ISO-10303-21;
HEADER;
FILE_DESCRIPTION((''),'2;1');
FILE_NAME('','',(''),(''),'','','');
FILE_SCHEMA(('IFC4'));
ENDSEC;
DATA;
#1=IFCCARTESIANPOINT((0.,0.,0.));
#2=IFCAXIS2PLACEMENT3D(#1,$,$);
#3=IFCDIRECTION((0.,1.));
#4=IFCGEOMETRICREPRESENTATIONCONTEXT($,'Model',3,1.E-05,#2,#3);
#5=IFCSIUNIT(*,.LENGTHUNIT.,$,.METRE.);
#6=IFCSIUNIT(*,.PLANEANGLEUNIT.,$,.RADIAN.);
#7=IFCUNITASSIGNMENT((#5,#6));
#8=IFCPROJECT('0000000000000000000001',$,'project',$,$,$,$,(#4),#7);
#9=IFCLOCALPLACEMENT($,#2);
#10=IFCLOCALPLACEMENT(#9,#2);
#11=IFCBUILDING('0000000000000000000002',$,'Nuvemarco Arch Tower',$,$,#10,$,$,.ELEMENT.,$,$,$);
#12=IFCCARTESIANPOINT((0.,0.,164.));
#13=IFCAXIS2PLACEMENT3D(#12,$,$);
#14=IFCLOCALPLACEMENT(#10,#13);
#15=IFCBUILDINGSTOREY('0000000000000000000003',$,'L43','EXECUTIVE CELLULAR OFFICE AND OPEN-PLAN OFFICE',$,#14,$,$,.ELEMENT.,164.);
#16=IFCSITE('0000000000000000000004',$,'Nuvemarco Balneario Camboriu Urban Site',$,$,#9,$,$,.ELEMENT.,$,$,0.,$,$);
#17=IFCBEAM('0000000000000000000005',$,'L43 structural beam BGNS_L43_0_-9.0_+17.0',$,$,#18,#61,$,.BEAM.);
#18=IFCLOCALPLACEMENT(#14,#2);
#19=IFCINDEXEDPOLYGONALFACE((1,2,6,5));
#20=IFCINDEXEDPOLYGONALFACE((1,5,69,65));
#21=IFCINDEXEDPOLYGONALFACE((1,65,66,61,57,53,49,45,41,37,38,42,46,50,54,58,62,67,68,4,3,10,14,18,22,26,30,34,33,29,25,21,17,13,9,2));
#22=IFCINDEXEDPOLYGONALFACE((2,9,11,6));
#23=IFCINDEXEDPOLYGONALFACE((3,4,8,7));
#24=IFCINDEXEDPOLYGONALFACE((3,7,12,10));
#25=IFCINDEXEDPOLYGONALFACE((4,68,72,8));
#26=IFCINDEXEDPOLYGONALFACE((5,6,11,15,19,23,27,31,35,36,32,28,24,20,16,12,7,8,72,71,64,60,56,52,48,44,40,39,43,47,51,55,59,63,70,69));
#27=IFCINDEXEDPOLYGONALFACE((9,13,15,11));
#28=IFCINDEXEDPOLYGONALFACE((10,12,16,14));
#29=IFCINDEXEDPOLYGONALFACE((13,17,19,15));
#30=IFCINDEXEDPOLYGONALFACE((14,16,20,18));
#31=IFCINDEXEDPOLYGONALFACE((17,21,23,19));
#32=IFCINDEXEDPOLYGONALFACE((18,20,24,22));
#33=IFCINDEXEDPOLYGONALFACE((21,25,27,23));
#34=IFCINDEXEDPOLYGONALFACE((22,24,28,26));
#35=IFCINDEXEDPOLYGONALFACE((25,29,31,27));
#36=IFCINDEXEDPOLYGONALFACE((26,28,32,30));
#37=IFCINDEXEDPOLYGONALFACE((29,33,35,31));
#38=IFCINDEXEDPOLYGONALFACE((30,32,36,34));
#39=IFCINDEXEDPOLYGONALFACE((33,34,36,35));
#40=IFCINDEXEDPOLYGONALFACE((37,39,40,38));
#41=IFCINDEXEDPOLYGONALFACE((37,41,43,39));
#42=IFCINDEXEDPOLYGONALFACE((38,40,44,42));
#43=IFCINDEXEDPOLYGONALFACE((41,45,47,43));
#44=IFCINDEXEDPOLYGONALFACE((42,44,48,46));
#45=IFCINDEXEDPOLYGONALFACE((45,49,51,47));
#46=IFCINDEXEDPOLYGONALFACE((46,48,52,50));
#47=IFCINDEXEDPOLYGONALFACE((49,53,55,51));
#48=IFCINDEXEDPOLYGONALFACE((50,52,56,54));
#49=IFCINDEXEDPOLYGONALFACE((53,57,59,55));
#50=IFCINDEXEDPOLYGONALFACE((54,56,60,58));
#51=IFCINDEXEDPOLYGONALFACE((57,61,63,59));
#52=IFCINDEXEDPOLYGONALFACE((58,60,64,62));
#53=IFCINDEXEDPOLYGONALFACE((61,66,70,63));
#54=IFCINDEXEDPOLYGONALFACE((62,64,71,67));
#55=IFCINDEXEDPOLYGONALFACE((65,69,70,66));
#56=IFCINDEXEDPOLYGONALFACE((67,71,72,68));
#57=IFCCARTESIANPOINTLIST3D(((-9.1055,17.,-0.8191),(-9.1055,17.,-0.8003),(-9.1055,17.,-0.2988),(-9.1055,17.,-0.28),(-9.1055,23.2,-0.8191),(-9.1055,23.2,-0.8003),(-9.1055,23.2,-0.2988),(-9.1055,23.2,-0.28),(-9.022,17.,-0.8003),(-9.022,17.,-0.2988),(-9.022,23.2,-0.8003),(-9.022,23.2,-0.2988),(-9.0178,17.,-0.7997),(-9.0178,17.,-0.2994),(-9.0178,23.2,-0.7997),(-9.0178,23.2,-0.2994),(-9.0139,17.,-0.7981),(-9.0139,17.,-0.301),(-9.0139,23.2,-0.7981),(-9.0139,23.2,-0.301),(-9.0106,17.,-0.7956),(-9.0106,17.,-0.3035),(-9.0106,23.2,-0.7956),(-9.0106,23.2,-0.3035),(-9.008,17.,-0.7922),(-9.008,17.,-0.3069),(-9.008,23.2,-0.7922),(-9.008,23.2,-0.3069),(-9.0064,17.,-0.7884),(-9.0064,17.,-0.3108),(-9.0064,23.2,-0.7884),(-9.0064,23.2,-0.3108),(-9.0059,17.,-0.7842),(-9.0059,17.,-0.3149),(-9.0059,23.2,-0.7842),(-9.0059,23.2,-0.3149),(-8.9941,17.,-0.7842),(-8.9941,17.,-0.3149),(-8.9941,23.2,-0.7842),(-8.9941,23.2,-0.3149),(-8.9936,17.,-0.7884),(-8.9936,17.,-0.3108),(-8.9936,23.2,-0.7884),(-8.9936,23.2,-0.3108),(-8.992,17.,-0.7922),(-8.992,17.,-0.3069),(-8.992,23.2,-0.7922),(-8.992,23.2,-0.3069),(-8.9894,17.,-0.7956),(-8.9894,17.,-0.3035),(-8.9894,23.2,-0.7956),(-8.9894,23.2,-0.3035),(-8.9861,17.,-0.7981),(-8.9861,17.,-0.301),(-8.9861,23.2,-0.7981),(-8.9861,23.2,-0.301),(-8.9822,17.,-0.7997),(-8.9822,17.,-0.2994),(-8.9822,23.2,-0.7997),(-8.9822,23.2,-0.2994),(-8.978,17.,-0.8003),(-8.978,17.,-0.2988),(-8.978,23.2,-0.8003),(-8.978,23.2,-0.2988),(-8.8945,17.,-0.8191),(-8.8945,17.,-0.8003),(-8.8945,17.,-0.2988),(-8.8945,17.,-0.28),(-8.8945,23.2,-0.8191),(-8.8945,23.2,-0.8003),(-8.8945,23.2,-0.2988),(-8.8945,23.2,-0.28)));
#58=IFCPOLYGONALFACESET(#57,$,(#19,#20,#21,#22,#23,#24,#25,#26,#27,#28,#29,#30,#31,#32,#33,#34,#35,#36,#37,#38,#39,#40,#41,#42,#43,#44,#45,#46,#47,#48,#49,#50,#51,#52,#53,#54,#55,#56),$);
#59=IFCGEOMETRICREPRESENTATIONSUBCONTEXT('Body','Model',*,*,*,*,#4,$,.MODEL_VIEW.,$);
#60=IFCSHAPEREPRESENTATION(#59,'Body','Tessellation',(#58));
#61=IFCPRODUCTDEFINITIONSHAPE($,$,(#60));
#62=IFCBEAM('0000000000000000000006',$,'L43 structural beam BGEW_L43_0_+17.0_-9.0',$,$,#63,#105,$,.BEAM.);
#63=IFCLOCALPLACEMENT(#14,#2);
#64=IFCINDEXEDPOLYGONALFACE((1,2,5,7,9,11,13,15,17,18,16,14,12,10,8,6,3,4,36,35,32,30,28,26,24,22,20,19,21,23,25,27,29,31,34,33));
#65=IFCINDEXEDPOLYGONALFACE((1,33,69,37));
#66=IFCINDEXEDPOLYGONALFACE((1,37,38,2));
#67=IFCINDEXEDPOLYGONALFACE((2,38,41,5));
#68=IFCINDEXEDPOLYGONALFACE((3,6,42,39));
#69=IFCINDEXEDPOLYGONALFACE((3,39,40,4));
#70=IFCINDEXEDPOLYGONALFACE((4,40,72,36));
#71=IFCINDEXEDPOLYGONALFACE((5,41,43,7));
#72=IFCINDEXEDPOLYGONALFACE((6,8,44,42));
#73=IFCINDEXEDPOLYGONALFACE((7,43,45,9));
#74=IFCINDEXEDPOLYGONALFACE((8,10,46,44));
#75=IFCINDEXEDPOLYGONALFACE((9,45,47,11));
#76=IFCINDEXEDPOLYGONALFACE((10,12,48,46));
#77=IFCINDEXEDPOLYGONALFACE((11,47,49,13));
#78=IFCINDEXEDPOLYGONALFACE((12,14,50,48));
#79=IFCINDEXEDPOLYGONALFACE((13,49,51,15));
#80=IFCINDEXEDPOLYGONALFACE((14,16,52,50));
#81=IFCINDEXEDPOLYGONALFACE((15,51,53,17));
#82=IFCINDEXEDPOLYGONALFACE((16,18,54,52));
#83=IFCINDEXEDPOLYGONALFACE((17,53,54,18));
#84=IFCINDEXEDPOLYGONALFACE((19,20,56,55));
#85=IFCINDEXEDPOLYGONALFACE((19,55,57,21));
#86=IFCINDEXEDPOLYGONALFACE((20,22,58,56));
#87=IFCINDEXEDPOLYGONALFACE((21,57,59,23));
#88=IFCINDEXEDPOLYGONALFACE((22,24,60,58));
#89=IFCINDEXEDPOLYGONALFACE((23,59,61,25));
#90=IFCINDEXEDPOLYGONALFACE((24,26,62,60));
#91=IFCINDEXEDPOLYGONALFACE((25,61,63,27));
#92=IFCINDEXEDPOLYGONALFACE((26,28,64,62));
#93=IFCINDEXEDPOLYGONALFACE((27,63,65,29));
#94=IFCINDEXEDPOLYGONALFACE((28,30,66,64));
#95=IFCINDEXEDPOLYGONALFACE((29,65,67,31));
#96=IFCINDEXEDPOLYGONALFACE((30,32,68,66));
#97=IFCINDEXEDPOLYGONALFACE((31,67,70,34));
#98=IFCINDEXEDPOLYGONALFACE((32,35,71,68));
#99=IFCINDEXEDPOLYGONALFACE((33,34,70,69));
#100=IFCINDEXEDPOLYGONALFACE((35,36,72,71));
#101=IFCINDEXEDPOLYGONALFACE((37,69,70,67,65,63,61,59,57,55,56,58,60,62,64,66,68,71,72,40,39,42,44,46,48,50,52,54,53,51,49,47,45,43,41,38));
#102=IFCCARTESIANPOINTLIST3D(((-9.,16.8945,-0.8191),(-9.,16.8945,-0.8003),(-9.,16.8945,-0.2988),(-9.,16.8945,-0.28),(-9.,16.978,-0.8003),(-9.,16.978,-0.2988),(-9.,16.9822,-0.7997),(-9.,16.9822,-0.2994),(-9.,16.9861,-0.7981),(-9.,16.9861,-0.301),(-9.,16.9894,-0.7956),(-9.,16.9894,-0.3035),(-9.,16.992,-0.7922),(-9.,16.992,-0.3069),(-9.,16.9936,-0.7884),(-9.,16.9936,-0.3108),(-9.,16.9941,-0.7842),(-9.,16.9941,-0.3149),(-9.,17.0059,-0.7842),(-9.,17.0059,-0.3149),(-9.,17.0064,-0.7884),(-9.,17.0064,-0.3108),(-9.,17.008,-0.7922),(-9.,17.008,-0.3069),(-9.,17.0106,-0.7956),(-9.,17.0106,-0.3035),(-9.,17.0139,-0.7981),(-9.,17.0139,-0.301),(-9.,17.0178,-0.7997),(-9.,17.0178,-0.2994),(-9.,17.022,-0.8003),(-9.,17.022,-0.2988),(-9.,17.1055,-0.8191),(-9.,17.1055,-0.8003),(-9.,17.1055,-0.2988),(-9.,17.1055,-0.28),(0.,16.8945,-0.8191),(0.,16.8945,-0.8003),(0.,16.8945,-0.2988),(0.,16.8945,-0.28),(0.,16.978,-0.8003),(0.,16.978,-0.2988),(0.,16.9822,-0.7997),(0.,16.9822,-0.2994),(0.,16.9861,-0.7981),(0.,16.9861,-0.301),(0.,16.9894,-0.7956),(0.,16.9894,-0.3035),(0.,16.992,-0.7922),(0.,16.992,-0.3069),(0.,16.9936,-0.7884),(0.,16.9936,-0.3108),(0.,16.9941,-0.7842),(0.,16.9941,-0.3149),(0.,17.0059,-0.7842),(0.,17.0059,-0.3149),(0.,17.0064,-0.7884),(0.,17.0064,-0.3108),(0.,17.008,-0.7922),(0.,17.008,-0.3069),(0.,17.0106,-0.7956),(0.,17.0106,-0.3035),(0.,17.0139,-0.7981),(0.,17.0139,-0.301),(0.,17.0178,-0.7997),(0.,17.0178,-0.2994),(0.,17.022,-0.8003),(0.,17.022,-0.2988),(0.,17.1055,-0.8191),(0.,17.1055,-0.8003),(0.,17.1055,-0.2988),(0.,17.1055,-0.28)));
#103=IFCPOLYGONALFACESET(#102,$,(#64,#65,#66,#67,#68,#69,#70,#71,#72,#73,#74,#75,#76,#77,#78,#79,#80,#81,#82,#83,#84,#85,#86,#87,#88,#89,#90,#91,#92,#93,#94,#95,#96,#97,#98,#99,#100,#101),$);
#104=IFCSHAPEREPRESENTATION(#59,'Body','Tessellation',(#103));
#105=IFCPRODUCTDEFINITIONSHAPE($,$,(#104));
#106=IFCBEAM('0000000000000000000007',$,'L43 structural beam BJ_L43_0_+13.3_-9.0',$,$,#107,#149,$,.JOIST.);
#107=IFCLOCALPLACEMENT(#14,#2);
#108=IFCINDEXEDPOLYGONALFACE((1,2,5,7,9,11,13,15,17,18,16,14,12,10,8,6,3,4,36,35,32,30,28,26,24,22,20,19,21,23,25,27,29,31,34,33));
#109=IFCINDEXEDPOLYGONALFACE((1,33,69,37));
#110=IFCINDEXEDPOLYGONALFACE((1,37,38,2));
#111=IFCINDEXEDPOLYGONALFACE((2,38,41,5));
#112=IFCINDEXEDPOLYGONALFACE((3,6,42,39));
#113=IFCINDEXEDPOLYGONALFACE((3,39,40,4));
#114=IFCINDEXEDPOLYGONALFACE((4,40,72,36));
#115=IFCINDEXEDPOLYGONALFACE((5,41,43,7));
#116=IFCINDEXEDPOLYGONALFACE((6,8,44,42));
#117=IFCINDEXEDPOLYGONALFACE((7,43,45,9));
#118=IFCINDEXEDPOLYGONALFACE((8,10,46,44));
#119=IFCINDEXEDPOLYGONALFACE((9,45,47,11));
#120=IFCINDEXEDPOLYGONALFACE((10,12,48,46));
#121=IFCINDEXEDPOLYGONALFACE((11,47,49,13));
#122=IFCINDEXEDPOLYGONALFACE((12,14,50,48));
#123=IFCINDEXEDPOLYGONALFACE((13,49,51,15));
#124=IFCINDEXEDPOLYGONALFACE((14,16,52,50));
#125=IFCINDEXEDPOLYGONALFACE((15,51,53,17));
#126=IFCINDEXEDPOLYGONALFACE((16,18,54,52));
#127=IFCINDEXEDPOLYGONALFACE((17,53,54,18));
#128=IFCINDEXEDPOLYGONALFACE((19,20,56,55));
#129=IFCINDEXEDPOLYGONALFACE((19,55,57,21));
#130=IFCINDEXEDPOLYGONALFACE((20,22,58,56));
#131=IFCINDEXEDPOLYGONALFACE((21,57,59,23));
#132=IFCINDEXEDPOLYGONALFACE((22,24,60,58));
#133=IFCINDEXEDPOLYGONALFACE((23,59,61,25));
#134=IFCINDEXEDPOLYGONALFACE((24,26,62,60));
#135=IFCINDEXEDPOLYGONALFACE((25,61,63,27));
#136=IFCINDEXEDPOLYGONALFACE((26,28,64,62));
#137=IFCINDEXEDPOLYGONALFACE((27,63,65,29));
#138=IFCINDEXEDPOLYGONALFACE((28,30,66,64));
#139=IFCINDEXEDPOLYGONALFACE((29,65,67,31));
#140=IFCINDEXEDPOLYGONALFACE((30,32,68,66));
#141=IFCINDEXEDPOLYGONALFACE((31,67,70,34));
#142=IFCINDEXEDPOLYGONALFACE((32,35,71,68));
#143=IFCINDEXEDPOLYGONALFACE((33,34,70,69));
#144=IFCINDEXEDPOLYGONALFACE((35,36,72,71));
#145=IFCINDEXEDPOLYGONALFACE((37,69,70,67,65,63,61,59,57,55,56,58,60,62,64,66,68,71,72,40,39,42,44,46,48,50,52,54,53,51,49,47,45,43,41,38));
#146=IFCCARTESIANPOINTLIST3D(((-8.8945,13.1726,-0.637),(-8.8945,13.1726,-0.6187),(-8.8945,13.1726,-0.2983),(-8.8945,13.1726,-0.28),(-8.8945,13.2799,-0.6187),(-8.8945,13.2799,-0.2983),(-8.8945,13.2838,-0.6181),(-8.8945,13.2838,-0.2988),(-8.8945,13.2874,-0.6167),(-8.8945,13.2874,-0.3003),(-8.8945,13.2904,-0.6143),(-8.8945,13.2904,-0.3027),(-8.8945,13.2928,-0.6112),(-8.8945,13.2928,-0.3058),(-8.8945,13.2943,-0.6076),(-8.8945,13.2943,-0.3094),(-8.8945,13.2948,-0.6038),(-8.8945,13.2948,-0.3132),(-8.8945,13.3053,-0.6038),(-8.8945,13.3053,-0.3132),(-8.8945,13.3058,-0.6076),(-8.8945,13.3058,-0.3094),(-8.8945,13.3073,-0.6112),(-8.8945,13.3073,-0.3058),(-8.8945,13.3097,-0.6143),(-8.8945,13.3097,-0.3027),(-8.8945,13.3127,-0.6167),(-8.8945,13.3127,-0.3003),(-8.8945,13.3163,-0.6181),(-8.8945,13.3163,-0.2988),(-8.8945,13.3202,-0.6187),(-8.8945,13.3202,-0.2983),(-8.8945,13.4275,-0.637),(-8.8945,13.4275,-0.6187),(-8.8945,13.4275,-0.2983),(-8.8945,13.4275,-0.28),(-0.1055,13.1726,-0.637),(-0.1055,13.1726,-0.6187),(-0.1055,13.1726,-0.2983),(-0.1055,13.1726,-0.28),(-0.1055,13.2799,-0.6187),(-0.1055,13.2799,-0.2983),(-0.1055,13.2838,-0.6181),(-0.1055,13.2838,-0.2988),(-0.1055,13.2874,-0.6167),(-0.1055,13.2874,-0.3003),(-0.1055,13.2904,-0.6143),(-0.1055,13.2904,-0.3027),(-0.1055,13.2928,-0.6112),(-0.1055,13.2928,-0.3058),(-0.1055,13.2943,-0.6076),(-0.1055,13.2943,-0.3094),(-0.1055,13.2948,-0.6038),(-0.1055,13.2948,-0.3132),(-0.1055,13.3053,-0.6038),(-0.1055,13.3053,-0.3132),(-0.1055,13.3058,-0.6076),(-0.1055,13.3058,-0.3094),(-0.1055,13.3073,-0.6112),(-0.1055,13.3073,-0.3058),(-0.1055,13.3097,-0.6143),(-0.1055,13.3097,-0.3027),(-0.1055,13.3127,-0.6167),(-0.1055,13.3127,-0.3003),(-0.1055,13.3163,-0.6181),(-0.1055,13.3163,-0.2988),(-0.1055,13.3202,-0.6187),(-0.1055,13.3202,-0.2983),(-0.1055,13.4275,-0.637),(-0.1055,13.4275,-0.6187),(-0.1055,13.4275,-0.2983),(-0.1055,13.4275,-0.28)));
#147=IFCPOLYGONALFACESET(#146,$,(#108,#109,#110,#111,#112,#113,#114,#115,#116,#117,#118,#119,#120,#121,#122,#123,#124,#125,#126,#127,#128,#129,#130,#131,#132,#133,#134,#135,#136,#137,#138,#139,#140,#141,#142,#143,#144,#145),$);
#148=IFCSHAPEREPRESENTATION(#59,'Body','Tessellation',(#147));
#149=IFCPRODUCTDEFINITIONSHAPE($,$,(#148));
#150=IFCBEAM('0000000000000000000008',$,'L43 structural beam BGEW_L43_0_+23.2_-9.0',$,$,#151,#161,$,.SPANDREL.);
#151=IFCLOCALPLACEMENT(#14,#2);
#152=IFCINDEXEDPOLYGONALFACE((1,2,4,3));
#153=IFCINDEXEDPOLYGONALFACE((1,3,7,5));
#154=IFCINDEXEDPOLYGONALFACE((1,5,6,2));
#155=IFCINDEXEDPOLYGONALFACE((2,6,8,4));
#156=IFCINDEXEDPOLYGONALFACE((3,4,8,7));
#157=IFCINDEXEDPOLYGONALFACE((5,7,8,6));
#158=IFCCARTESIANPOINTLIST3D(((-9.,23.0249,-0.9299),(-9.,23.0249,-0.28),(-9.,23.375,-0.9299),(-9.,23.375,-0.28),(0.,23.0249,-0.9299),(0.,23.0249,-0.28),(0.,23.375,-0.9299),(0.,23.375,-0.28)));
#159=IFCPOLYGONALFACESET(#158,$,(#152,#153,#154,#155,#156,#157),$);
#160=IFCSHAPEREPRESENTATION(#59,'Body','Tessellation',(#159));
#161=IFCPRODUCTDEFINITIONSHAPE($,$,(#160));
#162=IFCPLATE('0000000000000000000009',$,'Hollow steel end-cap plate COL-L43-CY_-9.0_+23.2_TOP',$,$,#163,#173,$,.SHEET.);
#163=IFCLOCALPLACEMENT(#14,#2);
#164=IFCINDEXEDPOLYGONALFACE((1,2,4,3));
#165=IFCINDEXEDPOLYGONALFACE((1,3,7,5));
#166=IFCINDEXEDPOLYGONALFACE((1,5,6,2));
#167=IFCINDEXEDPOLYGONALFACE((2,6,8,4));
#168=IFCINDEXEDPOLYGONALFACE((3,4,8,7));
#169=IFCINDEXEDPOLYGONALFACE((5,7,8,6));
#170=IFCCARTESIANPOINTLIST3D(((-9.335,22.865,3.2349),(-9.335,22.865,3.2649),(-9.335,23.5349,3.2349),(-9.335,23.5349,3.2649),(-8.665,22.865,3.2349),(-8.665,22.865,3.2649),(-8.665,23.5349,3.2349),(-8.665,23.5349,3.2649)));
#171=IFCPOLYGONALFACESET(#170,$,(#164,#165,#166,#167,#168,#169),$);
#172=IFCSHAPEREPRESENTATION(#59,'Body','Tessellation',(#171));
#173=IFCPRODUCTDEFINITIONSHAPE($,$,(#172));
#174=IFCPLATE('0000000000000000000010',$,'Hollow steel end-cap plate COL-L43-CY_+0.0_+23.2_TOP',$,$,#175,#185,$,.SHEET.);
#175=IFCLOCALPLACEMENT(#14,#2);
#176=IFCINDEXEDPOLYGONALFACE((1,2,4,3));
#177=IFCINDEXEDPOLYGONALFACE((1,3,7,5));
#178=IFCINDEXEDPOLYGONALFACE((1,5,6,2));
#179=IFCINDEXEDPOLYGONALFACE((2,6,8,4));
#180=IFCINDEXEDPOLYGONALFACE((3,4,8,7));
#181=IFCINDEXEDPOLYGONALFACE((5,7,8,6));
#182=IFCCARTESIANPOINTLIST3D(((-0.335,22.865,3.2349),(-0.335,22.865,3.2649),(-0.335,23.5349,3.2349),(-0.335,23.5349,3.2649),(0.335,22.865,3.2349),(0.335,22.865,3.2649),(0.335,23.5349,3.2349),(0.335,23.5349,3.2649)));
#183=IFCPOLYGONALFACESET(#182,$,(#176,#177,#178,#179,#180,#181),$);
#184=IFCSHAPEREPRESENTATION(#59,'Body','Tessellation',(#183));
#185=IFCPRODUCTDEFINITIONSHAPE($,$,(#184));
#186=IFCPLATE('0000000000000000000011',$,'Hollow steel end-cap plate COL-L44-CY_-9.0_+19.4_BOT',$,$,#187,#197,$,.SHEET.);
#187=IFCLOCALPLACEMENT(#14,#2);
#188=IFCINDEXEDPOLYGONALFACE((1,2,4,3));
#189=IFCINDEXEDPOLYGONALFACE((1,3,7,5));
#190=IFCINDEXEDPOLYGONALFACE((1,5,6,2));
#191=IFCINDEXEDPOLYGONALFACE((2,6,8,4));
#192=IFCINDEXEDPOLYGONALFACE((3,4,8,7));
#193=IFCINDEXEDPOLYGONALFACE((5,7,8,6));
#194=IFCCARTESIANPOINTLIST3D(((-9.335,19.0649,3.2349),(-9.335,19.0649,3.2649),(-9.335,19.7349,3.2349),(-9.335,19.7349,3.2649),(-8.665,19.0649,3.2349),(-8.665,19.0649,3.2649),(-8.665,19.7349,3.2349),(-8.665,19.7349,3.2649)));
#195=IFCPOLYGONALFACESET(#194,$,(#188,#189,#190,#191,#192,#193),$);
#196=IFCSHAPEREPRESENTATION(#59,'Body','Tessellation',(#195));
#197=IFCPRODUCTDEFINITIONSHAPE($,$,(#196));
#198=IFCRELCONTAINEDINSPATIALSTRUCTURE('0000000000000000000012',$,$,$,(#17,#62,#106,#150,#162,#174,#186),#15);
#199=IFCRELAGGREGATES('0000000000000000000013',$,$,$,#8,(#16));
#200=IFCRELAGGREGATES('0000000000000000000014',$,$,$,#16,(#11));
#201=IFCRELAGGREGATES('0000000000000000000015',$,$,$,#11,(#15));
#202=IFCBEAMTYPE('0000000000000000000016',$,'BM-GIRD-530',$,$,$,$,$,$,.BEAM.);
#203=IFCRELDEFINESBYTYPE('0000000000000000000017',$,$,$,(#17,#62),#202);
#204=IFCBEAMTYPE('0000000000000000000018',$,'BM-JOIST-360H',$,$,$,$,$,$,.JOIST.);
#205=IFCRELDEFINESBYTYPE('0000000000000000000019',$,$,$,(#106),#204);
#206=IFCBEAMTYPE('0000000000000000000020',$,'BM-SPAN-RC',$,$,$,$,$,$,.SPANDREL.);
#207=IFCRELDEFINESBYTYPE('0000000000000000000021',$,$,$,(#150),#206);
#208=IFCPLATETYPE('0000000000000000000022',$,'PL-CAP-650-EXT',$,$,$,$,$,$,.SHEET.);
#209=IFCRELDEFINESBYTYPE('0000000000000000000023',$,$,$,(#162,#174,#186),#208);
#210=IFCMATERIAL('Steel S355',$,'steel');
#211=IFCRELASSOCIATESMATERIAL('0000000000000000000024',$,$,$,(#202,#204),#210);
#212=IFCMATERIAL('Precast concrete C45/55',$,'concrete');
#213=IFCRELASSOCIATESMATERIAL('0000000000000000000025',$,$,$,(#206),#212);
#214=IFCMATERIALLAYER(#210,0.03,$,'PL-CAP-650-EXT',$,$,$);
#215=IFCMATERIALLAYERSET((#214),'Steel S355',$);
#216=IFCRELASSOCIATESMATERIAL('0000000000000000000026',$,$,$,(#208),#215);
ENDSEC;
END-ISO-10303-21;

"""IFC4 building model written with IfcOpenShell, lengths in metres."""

from ifc_helpers import new_model, si_unit, direction, frame, origin, origin_2d, place, context, subcontext, project, spatial, rectangle, i_section, extrude, source, transform, mapped, material, layer, layer_set, material_profile, profile_set, type_object, type_shapes, element, save


model = new_model("IFC4")

# Units and contexts
model_context = context("Model", 3, precision=1e-05, world=origin(), true_north=direction((0.0, 1.0)))
body_context = subcontext(model_context, "Body", "Model", "MODEL_VIEW")
ifc_project = project(units=[si_unit("LENGTHUNIT", "METRE"), si_unit("PLANEANGLEUNIT", "RADIAN")], contexts=[model_context])

# Site, building, storey
site_placement = place(None, origin())
site = spatial("IfcSite", under=ifc_project, at=site_placement, Name="Nuvemarco Balneario Camboriu Urban Site", CompositionType="ELEMENT", RefElevation=0.0)
building_placement = place(site_placement, origin())
building = spatial("IfcBuilding", under=site, at=building_placement, Name="Nuvemarco Arch Tower", CompositionType="ELEMENT")
storey_placement = place(building_placement, frame((0.0, 0.0, 164.0)))
storey = spatial("IfcBuildingStorey", under=building, at=storey_placement, Name="L43", Description="EXECUTIVE CELLULAR OFFICE AND OPEN-PLAN OFFICE", CompositionType="ELEMENT", Elevation=164.0)

# Shared definitions
ifc_material_1 = material(Name="Steel S355", Category="steel")

# Beams
ifc_material_profile_1 = material_profile(ifc_material_1, i_section(OverallWidth=0.2109, OverallDepth=0.5391, WebThickness=0.0117, FlangeThickness=0.0188, FilletRadius=0.0161, at=origin_2d()), Name="W530x109")
ifc_profile_set_1 = profile_set([ifc_material_profile_1], Name="Steel S355")
beam_type_1 = type_object("IfcBeamType", Name="BM-GIRD-530", PredefinedType="BEAM", material=ifc_profile_set_1)
beam_1_placement = place(storey_placement, frame((-9.0, 17.0, -0.5496), z_axis=(0.0, 1.0, 0.0), x_axis=(-1.0, 0.0, 0.0)))
element("IfcBeam", 1, at=beam_1_placement, inside=storey, type_object=beam_type_1, Name="L43 structural beam BGNS_L43_0_-9.0_+17.0", PredefinedType="BEAM", context=body_context, shape_type="SweptSolid", body=[
    extrude(i_section(OverallWidth=0.2109, OverallDepth=0.5391, WebThickness=0.0117, FlangeThickness=0.0188, FilletRadius=0.0161, at=origin_2d()), origin(), (0.0, 0.0, 1.0), 6.2),
])
beam_2_placement = place(storey_placement, frame((-9.0, 17.0, -0.5496), z_axis=(1.0, 0.0, 0.0), x_axis=(0.0, 1.0, 0.0)))
element("IfcBeam", 2, at=beam_2_placement, inside=storey, type_object=beam_type_1, Name="L43 structural beam BGEW_L43_0_+17.0_-9.0", PredefinedType="BEAM", context=body_context, shape_type="SweptSolid", body=[
    extrude(i_section(OverallWidth=0.2109, OverallDepth=0.5391, WebThickness=0.0117, FlangeThickness=0.0188, FilletRadius=0.0161, at=origin_2d()), origin(), (0.0, 0.0, 1.0), 9.0),
])
ifc_material_profile_2 = material_profile(ifc_material_1, i_section(OverallWidth=0.2549, OverallDepth=0.3569, WebThickness=0.0105, FlangeThickness=0.0183, FilletRadius=0.0149, at=origin_2d()), Name="W360x101")
ifc_profile_set_2 = profile_set([ifc_material_profile_2], Name="Steel S355")
beam_type_2 = type_object("IfcBeamType", Name="BM-JOIST-360H", PredefinedType="JOIST", material=ifc_profile_set_2)
beam_3_placement = place(storey_placement, frame((-8.8945, 13.3, -0.4585), z_axis=(1.0, 0.0, 0.0), x_axis=(0.0, 1.0, 0.0)))
element("IfcBeam", 3, at=beam_3_placement, inside=storey, type_object=beam_type_2, Name="L43 structural beam BJ_L43_0_+13.3_-9.0", PredefinedType="JOIST", context=body_context, shape_type="SweptSolid", body=[
    extrude(i_section(OverallWidth=0.2549, OverallDepth=0.3569, WebThickness=0.0105, FlangeThickness=0.0183, FilletRadius=0.0149, at=origin_2d()), origin(), (0.0, 0.0, 1.0), 8.7891),
])
ifc_material_2 = material(Name="Precast concrete C45/55", Category="concrete")
ifc_material_profile_3 = material_profile(ifc_material_2, rectangle(XDim=0.3501, YDim=0.6499, at=origin_2d()), Name="PC-SP-350x650")
ifc_profile_set_3 = profile_set([ifc_material_profile_3], Name="Precast concrete C45/55")
beam_type_3 = type_object("IfcBeamType", Name="BM-SPAN-RC", PredefinedType="SPANDREL", material=ifc_profile_set_3)
beam_4_placement = place(storey_placement, frame((-9.0, 23.2, -0.605), z_axis=(1.0, 0.0, 0.0), x_axis=(0.0, 1.0, 0.0)))
element("IfcBeam", 4, at=beam_4_placement, inside=storey, type_object=beam_type_3, Name="L43 structural beam BGEW_L43_0_+23.2_-9.0", PredefinedType="SPANDREL", context=body_context, shape_type="SweptSolid", body=[
    extrude(rectangle(XDim=0.3501, YDim=0.6499, at=origin_2d()), origin(), (0.0, 0.0, 1.0), 9.0),
])

# Plates
ifc_layer_1 = layer(ifc_material_1, 0.03, Name="PL-CAP-650-EXT")
ifc_layer_set_1 = layer_set([ifc_layer_1], Name="Steel S355")
plate_type = type_object("IfcPlateType", Name="PL-CAP-650-EXT", PredefinedType="SHEET", material=ifc_layer_set_1)
shared_shape_1 = source(origin(), body_context, "Body", "SweptSolid", [
    extrude(rectangle(XDim=0.6699, YDim=0.6699, at=origin_2d()), origin(), (0.0, 0.0, 1.0), 0.03),
])
type_shapes(plate_type, [shared_shape_1])
for number, where, z_axis, x_axis, name in (
    (5, (-9.0, 23.2, 3.2349), (0.0, 0.0, 1.0), (1.0, 0.0, 0.0), "Hollow steel end-cap plate COL-L43-CY_-9.0_+23.2_TOP"),
    (6, (0.0, 23.2, 3.2349), (0.0, 0.0, 1.0), (1.0, 0.0, 0.0), "Hollow steel end-cap plate COL-L43-CY_+0.0_+23.2_TOP"),
    (7, (-9.0, 19.3999, 3.2349), (0.0, 0.0, 1.0), (1.0, 0.0, 0.0), "Hollow steel end-cap plate COL-L44-CY_-9.0_+19.4_BOT"),
):
    element("IfcPlate", number, at=place(storey_placement, frame(where, z_axis=z_axis, x_axis=x_axis)), inside=storey, type_object=plate_type, Name=name, PredefinedType="SHEET", context=body_context, shape_type="MappedRepresentation", body=[
        mapped(shared_shape_1, transform((0.0, 0.0, 0.0), scale=1.0)),
    ])

save(model, "model.ifc")
